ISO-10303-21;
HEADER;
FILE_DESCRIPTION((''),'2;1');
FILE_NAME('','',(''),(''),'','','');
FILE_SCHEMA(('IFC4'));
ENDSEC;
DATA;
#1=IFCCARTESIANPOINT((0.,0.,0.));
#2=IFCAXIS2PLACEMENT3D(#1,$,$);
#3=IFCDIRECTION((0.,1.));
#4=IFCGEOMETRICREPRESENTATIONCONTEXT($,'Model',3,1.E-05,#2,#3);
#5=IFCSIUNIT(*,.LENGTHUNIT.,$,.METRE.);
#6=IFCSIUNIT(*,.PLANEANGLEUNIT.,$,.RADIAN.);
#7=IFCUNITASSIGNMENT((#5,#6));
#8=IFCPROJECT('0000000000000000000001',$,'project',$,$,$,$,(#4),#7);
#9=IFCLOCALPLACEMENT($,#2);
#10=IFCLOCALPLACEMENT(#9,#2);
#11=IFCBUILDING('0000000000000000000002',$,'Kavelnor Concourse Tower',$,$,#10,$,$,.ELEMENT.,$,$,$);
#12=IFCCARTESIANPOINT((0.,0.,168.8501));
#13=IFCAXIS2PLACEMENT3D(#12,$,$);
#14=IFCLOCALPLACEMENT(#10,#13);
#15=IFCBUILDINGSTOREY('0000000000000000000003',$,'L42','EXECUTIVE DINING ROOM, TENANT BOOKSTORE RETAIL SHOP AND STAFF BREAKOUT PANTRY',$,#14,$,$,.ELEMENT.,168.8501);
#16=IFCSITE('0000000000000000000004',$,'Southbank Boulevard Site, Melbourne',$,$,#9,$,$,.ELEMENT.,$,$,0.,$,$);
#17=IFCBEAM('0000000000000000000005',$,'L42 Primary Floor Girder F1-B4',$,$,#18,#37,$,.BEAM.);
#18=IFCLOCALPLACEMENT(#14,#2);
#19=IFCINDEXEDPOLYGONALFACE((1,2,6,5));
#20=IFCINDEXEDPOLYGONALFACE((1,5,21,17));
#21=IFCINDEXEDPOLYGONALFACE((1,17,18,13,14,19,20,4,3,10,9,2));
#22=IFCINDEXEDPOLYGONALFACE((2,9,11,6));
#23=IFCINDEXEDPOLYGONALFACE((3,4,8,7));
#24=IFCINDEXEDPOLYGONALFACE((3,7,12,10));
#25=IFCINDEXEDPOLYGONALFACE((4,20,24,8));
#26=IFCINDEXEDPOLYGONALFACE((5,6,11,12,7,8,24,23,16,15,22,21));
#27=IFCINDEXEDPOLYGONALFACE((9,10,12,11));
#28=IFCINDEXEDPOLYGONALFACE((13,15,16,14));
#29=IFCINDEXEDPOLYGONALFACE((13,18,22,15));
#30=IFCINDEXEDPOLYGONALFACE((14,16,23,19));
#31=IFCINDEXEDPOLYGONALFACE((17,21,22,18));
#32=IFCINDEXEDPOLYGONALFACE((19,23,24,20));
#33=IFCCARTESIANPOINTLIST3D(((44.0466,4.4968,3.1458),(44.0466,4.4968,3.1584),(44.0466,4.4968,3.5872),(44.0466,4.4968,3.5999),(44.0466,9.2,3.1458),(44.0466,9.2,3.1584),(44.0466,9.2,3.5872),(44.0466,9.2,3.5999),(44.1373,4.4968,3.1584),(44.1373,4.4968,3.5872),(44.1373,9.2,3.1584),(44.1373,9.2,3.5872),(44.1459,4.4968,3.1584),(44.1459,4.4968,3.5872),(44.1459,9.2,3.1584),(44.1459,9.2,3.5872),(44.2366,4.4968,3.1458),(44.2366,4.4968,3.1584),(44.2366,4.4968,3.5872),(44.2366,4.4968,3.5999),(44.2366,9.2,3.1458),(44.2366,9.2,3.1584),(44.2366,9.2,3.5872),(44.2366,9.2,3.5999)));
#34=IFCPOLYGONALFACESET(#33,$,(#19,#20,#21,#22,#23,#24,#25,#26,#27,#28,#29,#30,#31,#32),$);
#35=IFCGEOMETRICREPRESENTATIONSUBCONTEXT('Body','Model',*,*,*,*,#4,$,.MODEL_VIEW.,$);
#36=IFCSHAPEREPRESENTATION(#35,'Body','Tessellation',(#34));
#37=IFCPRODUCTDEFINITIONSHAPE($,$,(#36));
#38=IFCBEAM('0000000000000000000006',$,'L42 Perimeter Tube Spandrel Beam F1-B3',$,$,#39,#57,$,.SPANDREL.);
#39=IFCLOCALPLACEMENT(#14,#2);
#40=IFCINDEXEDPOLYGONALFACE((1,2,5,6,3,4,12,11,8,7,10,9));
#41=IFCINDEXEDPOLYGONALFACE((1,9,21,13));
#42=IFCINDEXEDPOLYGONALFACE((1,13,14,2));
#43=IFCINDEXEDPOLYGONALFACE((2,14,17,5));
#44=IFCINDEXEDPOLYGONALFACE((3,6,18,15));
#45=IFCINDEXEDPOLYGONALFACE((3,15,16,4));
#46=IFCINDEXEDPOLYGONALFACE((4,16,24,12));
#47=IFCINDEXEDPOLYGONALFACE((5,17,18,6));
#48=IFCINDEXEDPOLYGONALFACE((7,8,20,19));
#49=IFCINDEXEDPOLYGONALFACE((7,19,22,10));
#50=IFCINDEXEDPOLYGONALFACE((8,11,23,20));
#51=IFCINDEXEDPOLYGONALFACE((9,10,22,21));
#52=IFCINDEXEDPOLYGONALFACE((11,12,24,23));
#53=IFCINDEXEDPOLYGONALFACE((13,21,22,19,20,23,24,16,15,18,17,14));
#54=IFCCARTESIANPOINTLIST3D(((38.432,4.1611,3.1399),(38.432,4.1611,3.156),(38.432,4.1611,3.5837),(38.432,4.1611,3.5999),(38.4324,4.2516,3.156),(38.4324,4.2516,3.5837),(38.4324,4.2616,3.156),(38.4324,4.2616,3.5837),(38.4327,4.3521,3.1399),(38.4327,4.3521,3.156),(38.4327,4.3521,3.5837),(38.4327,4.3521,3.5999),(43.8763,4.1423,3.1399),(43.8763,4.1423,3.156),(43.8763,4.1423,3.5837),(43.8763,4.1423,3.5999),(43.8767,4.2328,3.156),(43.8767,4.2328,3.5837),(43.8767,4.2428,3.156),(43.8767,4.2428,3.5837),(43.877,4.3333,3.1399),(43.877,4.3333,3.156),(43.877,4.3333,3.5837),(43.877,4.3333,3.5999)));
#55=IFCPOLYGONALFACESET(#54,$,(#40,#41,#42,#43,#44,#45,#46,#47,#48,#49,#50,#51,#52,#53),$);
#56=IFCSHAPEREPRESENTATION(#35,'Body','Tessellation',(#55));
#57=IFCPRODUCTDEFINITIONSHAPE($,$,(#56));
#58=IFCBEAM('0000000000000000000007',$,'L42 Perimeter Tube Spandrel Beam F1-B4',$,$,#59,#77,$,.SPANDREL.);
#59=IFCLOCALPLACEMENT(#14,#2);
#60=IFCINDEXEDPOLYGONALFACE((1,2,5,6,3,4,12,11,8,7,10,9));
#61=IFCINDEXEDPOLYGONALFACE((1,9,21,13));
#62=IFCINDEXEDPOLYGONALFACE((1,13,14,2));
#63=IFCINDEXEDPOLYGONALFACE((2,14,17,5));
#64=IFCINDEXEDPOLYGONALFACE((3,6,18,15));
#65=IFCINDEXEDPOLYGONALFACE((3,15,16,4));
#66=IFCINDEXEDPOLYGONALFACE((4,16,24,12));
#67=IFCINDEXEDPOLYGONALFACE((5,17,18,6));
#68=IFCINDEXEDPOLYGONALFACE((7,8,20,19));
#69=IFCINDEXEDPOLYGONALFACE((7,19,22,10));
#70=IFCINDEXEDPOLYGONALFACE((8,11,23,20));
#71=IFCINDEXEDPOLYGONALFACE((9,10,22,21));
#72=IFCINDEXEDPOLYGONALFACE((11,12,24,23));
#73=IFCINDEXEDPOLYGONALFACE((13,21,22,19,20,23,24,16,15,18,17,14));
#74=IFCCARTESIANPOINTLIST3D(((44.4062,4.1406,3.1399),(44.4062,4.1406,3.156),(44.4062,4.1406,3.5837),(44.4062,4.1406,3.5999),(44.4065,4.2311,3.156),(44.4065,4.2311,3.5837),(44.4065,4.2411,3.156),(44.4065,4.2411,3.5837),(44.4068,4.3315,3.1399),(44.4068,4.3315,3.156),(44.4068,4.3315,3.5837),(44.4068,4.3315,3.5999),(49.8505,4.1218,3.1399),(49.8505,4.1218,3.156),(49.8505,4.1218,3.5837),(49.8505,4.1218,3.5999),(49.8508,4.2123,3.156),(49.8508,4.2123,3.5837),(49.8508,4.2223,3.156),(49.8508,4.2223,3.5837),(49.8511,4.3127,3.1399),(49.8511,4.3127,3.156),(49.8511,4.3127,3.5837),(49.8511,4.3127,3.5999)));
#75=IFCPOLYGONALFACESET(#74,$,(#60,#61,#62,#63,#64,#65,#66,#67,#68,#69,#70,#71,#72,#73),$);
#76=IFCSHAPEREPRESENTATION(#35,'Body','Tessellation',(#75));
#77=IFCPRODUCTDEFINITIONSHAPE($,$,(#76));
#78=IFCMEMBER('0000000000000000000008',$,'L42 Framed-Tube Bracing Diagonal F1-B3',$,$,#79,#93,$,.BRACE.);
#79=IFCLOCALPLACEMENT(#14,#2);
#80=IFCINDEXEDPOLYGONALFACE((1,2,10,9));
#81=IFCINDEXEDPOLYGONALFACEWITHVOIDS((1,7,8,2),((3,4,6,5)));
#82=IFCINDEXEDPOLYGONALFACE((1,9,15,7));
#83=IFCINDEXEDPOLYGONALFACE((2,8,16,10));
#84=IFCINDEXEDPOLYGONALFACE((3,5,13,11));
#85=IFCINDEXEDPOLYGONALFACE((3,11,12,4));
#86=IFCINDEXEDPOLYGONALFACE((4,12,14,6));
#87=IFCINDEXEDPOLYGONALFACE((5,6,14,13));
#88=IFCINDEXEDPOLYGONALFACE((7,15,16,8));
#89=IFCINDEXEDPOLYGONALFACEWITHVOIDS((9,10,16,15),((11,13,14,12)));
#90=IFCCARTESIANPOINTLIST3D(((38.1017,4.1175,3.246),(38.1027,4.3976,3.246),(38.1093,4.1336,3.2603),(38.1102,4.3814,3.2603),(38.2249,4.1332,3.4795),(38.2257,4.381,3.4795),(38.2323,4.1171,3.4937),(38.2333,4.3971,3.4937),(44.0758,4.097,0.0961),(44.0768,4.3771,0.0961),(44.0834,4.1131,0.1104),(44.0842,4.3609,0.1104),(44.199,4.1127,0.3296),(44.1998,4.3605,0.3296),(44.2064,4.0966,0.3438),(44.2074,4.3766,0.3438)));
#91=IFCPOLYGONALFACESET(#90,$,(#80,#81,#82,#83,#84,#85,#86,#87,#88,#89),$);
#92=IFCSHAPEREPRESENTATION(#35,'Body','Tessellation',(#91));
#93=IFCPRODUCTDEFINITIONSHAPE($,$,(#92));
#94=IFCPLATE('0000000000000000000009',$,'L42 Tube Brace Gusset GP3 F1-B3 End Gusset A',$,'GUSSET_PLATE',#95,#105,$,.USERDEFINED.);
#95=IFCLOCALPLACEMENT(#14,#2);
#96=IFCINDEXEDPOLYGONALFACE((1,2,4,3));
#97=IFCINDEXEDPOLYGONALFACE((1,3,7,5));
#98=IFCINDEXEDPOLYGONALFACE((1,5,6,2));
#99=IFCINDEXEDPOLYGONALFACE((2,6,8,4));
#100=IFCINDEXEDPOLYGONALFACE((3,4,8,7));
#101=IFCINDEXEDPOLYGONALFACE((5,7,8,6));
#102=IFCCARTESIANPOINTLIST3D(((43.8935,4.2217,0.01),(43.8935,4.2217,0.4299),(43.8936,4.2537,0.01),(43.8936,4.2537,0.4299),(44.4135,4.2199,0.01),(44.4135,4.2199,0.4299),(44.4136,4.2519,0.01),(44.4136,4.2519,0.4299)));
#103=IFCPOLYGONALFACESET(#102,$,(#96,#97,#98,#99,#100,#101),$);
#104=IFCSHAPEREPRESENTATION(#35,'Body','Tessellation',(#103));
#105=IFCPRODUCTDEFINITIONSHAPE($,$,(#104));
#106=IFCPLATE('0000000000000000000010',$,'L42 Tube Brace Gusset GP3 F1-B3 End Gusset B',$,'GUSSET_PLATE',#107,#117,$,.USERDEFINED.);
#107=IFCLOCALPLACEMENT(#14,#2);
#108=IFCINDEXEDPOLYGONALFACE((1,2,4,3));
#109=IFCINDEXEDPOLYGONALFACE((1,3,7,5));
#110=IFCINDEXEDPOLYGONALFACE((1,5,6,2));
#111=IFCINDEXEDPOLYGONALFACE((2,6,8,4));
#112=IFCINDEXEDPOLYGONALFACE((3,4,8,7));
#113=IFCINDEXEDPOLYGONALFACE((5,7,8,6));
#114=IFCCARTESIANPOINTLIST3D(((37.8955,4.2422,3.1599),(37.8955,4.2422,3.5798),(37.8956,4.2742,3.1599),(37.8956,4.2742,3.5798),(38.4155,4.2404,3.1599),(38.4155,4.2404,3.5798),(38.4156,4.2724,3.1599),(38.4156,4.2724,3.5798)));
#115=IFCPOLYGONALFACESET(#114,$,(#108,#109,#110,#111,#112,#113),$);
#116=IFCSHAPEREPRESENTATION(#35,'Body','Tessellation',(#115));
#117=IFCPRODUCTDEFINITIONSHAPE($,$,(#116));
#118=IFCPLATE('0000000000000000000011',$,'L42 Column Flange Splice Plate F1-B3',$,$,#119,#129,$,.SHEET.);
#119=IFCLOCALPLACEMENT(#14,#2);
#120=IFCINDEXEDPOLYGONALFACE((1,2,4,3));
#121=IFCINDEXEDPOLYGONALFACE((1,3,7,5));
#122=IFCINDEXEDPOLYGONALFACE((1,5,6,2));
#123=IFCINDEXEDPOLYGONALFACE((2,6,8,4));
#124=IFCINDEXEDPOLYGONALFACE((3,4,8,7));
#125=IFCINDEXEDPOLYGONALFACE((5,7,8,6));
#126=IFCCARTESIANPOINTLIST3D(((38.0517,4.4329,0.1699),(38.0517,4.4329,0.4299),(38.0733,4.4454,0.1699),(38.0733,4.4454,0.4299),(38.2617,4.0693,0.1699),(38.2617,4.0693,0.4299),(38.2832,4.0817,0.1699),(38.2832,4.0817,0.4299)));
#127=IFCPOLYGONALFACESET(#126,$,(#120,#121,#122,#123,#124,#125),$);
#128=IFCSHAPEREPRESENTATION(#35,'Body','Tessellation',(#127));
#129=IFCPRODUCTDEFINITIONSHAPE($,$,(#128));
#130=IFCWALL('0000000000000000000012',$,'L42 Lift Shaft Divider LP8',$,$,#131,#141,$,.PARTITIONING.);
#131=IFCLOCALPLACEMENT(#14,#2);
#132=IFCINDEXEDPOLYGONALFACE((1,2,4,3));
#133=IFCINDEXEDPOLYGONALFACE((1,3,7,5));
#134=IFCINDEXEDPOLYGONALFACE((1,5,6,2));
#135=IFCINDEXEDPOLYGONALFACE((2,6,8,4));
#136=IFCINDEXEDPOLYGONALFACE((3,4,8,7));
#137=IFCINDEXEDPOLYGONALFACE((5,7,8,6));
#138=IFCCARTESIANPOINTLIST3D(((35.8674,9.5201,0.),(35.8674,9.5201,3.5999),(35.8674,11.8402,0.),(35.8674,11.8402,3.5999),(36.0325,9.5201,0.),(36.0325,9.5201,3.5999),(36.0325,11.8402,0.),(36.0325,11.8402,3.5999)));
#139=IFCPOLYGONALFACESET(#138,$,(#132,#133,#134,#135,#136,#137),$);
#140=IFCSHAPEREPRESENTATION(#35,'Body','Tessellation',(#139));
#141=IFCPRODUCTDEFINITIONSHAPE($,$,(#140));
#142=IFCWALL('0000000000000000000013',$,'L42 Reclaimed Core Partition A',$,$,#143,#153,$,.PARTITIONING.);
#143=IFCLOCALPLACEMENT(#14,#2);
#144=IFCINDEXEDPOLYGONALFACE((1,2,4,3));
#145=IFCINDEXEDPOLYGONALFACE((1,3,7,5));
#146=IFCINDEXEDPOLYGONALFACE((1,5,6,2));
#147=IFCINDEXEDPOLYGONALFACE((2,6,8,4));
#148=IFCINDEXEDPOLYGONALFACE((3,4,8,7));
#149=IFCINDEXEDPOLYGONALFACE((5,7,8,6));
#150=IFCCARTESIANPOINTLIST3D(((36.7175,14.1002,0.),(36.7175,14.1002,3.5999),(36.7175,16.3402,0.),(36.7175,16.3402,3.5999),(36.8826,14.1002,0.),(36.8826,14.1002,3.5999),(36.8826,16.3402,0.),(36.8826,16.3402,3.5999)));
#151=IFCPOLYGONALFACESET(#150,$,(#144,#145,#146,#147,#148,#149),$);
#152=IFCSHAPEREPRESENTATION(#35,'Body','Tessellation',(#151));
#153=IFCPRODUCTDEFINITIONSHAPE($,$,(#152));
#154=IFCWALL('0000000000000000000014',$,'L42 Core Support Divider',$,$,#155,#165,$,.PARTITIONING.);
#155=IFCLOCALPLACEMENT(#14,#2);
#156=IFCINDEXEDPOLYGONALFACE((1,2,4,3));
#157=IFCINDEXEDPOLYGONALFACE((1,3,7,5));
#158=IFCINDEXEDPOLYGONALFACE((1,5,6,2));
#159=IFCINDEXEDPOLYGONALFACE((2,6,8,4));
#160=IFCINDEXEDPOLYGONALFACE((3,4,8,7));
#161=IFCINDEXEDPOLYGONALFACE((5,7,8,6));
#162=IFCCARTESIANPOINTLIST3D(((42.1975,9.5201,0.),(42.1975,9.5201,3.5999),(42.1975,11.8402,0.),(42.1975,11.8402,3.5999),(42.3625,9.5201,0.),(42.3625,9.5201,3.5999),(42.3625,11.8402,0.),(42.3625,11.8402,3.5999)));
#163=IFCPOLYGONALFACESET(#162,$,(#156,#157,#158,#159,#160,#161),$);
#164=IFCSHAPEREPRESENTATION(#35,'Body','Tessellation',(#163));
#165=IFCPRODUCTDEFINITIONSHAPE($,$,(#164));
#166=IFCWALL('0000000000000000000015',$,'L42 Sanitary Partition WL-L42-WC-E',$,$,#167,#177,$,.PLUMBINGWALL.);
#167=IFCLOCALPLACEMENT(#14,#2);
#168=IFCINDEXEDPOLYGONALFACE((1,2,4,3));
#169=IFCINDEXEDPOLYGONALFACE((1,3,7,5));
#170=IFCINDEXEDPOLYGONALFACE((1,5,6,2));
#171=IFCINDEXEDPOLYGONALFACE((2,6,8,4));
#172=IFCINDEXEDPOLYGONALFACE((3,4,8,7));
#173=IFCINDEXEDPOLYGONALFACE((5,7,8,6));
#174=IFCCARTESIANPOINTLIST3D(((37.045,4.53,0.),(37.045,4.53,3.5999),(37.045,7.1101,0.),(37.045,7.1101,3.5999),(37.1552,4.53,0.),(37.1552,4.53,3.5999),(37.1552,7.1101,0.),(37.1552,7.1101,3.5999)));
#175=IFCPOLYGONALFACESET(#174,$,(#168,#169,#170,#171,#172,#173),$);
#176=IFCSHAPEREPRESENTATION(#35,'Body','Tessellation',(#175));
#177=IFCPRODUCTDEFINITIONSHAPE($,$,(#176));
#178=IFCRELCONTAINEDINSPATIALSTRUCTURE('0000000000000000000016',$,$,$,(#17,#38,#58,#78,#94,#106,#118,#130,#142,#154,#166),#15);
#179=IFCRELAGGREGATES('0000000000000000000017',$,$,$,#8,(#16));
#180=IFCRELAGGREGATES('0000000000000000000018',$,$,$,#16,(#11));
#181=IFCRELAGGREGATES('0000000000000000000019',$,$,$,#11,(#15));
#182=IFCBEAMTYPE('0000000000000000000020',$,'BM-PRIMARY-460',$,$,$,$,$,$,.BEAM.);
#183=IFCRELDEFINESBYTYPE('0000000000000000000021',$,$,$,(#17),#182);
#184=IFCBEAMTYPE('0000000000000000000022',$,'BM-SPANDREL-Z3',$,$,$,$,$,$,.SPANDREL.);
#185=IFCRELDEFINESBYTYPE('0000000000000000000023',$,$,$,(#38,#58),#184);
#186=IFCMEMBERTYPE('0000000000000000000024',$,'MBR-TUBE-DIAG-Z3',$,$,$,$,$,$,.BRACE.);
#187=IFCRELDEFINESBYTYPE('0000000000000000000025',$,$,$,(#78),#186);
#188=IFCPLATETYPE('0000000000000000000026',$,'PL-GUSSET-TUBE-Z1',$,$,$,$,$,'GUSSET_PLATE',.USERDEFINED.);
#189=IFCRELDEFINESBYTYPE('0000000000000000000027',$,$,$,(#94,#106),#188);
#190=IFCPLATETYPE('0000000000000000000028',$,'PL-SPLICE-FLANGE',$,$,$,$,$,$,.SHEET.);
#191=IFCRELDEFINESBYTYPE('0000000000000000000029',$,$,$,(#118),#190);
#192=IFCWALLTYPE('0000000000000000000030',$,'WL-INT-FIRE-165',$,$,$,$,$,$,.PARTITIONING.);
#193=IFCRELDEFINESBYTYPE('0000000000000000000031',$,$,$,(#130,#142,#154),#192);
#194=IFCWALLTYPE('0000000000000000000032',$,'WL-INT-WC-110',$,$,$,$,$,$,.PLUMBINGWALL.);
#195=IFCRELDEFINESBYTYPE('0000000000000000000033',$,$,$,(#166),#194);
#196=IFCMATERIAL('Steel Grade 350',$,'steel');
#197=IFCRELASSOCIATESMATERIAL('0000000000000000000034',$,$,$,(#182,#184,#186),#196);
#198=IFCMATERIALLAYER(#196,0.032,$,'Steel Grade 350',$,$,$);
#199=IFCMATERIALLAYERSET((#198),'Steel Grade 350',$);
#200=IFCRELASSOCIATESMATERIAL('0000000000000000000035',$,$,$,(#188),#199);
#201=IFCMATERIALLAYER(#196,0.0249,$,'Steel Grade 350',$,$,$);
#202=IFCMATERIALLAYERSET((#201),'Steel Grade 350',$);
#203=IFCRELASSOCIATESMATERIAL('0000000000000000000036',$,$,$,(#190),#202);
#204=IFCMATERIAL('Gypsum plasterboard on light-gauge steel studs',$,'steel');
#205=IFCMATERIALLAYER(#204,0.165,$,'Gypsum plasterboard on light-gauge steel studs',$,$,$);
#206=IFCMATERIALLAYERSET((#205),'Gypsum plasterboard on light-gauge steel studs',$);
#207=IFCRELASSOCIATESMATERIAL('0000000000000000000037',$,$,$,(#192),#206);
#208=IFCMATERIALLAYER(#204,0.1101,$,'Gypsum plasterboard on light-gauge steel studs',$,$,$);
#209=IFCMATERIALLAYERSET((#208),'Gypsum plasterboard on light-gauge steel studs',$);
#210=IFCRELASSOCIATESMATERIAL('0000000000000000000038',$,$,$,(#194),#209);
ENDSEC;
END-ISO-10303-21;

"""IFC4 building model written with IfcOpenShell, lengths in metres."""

from ifc_helpers import new_model, si_unit, direction, frame, frame_2d, origin, origin_2d, place, context, subcontext, project, spatial, rectangle, hollow_rectangle, i_section, extrude, material, layer, layer_set, material_profile, profile_set, type_object, element, save


model = new_model("IFC4")

# Units and contexts
model_context = context("Model", 3, precision=1e-05, world=origin(), true_north=direction((0.0, 1.0)))
body_context = subcontext(model_context, "Body", "Model", "MODEL_VIEW")
ifc_project = project(units=[si_unit("LENGTHUNIT", "METRE"), si_unit("PLANEANGLEUNIT", "RADIAN")], contexts=[model_context])

# Site, building, storey
site_placement = place(None, origin())
site = spatial("IfcSite", under=ifc_project, at=site_placement, Name="Southbank Boulevard Site, Melbourne", CompositionType="ELEMENT", RefElevation=0.0)
building_placement = place(site_placement, origin())
building = spatial("IfcBuilding", under=site, at=building_placement, Name="Kavelnor Concourse Tower", CompositionType="ELEMENT")
storey_placement = place(building_placement, frame((0.0, 0.0, 168.8501)))
storey = spatial("IfcBuildingStorey", under=building, at=storey_placement, Name="L42", Description="EXECUTIVE DINING ROOM, TENANT BOOKSTORE RETAIL SHOP AND STAFF BREAKOUT PANTRY", CompositionType="ELEMENT", Elevation=168.8501)

# Shared definitions
ifc_material_1 = material(Name="Steel Grade 350", Category="steel")

# Beams
ifc_material_profile_1 = material_profile(ifc_material_1, i_section(OverallWidth=0.1899, OverallDepth=0.4541, WebThickness=0.0085, FlangeThickness=0.0127, at=origin_2d()), Name="460UB67")
ifc_profile_set_1 = profile_set([ifc_material_profile_1], Name="Steel Grade 350")
beam_type_1 = type_object("IfcBeamType", Name="BM-PRIMARY-460", PredefinedType="BEAM", material=ifc_profile_set_1)
beam_1_placement = place(storey_placement, frame((44.1416, 9.2, 3.3728), z_axis=(0.0, -1.0, 0.0), x_axis=(1.0, 0.0, 0.0)))
element("IfcBeam", 1, at=beam_1_placement, inside=storey, type_object=beam_type_1, Name="L42 Primary Floor Girder F1-B4", PredefinedType="BEAM", context=body_context, shape_type="SweptSolid", body=[
    extrude(i_section(OverallWidth=0.1899, OverallDepth=0.4541, WebThickness=0.0085, FlangeThickness=0.0127, at=origin_2d()), origin(), (0.0, 0.0, 1.0), 4.7031),
])
ifc_material_profile_2 = material_profile(ifc_material_1, i_section(OverallWidth=0.1909, OverallDepth=0.46, WebThickness=0.01, FlangeThickness=0.0161, at=origin_2d()), Name="460UB82")
ifc_profile_set_2 = profile_set([ifc_material_profile_2], Name="Steel Grade 350")
beam_type_2 = type_object("IfcBeamType", Name="BM-SPANDREL-Z3", PredefinedType="SPANDREL", material=ifc_profile_set_2)
for number, where, z_axis, x_axis, name in (
    (2, (38.4324, 4.2566, 3.3699), (0.999994, -0.003453, 0.0), (0.003453, 0.999994, 0.0), "L42 Perimeter Tube Spandrel Beam F1-B3"),
    (3, (44.4065, 4.2361, 3.3699), (0.999994, -0.003453, 0.0), (0.003453, 0.999994, 0.0), "L42 Perimeter Tube Spandrel Beam F1-B4"),
):
    element("IfcBeam", number, at=place(storey_placement, frame(where, z_axis=z_axis, x_axis=x_axis)), inside=storey, type_object=beam_type_2, Name=name, PredefinedType="SPANDREL", context=body_context, shape_type="SweptSolid", body=[
        extrude(i_section(OverallWidth=0.1909, OverallDepth=0.46, WebThickness=0.01, FlangeThickness=0.0161, at=origin_2d()), origin(), (0.0, 0.0, 1.0), 5.4443),
    ])

# Member
ifc_material_profile_3 = material_profile(ifc_material_1, hollow_rectangle(XDim=0.28, YDim=0.28, WallThickness=0.0161, at=origin_2d()), Name="SHS 280x280x16")
ifc_profile_set_3 = profile_set([ifc_material_profile_3], Name="Steel Grade 350")
member_type = type_object("IfcMemberType", Name="MBR-TUBE-DIAG-Z3", PredefinedType="BRACE", material=ifc_profile_set_3)
member_placement = place(storey_placement, frame((44.1416, 4.2368, 0.22), z_axis=(-0.88457, 0.003037, 0.466397), x_axis=(-0.003433, -0.999994, 0.0)))
element("IfcMember", 4, at=member_placement, inside=storey, type_object=member_type, Name="L42 Framed-Tube Bracing Diagonal F1-B3", PredefinedType="BRACE", context=body_context, shape_type="SweptSolid", body=[
    extrude(hollow_rectangle(XDim=0.28, YDim=0.28, WallThickness=0.0161, at=origin_2d()), origin(), (0.0, 0.0, 1.0), 6.7537),
])

# Plates
ifc_layer_1 = layer(ifc_material_1, 0.032, Name="Steel Grade 350")
ifc_layer_set_1 = layer_set([ifc_layer_1], Name="Steel Grade 350")
plate_type_1 = type_object("IfcPlateType", Name="PL-GUSSET-TUBE-Z1", ElementType="GUSSET_PLATE", PredefinedType="USERDEFINED", material=ifc_layer_set_1)
for number, where, z_axis, x_axis, name in (
    (5, (44.1536, 4.2368, 0.01), (0.0, 0.0, 1.0), (-0.999994, 0.003491, 0.0), "L42 Tube Brace Gusset GP3 F1-B3 End Gusset A"),
    (6, (38.1555, 4.2573, 3.1599), (0.0, 0.0, 1.0), (-0.999994, 0.003491, 0.0), "L42 Tube Brace Gusset GP3 F1-B3 End Gusset B"),
):
    element("IfcPlate", number, at=place(storey_placement, frame(where, z_axis=z_axis, x_axis=x_axis)), inside=storey, type_object=plate_type_1, Name=name, ObjectType="GUSSET_PLATE", PredefinedType="USERDEFINED", context=body_context, shape_type="SweptSolid", body=[
        extrude(rectangle(XDim=0.52, YDim=0.032, at=origin_2d()), origin(), (0.0, 0.0, 1.0), 0.4199),
    ])
ifc_layer_2 = layer(ifc_material_1, 0.0249, Name="Steel Grade 350")
ifc_layer_set_2 = layer_set([ifc_layer_2], Name="Steel Grade 350")
plate_type_2 = type_object("IfcPlateType", Name="PL-SPLICE-FLANGE", PredefinedType="SHEET", material=ifc_layer_set_2)
plate_placement = place(storey_placement, frame((38.1675, 4.2573, 0.1699), z_axis=(0.0, 0.0, 1.0), x_axis=(-0.5, 0.866025, 0.0)))
element("IfcPlate", 7, at=plate_placement, inside=storey, type_object=plate_type_2, Name="L42 Column Flange Splice Plate F1-B3", PredefinedType="SHEET", context=body_context, shape_type="SweptSolid", body=[
    extrude(rectangle(XDim=0.4199, YDim=0.0249, at=origin_2d()), origin(), (0.0, 0.0, 1.0), 0.26),
])

# Walls
ifc_material_2 = material(Name="Gypsum plasterboard on light-gauge steel studs", Category="steel")
ifc_layer_3 = layer(ifc_material_2, 0.165, Name="Gypsum plasterboard on light-gauge steel studs")
ifc_layer_set_3 = layer_set([ifc_layer_3], Name="Gypsum plasterboard on light-gauge steel studs")
wall_type_1 = type_object("IfcWallType", Name="WL-INT-FIRE-165", PredefinedType="PARTITIONING", material=ifc_layer_set_3)
wall_1_placement = place(storey_placement, frame((35.95, 9.52, 0.0), z_axis=(0.0, 0.0, 1.0), x_axis=(0.0, 1.0, 0.0)))
element("IfcWall", 8, at=wall_1_placement, inside=storey, type_object=wall_type_1, Name="L42 Lift Shaft Divider LP8", PredefinedType="PARTITIONING", context=body_context, shape_type="SweptSolid", body=[
    extrude(rectangle(XDim=2.3201, YDim=0.165, at=frame_2d((1.1602, 0.0))), origin(), (0.0, 0.0, 1.0), 3.5999),
])
wall_2_placement = place(storey_placement, frame((36.8, 14.1001, 0.0), z_axis=(0.0, 0.0, 1.0), x_axis=(0.0, 1.0, 0.0)))
element("IfcWall", 9, at=wall_2_placement, inside=storey, type_object=wall_type_1, Name="L42 Reclaimed Core Partition A", PredefinedType="PARTITIONING", context=body_context, shape_type="SweptSolid", body=[
    extrude(rectangle(XDim=2.24, YDim=0.165, at=frame_2d((1.1201, 0.0))), origin(), (0.0, 0.0, 1.0), 3.5999),
])
wall_3_placement = place(storey_placement, frame((42.28, 9.52, 0.0), z_axis=(0.0, 0.0, 1.0), x_axis=(0.0, 1.0, 0.0)))
element("IfcWall", 10, at=wall_3_placement, inside=storey, type_object=wall_type_1, Name="L42 Core Support Divider", PredefinedType="PARTITIONING", context=body_context, shape_type="SweptSolid", body=[
    extrude(rectangle(XDim=2.3201, YDim=0.165, at=frame_2d((1.1602, 0.0))), origin(), (0.0, 0.0, 1.0), 3.5999),
])
ifc_layer_4 = layer(ifc_material_2, 0.1101, Name="Gypsum plasterboard on light-gauge steel studs")
ifc_layer_set_4 = layer_set([ifc_layer_4], Name="Gypsum plasterboard on light-gauge steel studs")
wall_type_2 = type_object("IfcWallType", Name="WL-INT-WC-110", PredefinedType="PLUMBINGWALL", material=ifc_layer_set_4)
wall_4_placement = place(storey_placement, frame((37.1001, 4.53, 0.0), z_axis=(0.0, 0.0, 1.0), x_axis=(0.0, 1.0, 0.0)))
element("IfcWall", 11, at=wall_4_placement, inside=storey, type_object=wall_type_2, Name="L42 Sanitary Partition WL-L42-WC-E", PredefinedType="PLUMBINGWALL", context=body_context, shape_type="SweptSolid", body=[
    extrude(rectangle(XDim=2.5801, YDim=0.1101, at=frame_2d((1.29, 0.0))), origin(), (0.0, 0.0, 1.0), 3.5999),
])

save(model, "model.ifc")
